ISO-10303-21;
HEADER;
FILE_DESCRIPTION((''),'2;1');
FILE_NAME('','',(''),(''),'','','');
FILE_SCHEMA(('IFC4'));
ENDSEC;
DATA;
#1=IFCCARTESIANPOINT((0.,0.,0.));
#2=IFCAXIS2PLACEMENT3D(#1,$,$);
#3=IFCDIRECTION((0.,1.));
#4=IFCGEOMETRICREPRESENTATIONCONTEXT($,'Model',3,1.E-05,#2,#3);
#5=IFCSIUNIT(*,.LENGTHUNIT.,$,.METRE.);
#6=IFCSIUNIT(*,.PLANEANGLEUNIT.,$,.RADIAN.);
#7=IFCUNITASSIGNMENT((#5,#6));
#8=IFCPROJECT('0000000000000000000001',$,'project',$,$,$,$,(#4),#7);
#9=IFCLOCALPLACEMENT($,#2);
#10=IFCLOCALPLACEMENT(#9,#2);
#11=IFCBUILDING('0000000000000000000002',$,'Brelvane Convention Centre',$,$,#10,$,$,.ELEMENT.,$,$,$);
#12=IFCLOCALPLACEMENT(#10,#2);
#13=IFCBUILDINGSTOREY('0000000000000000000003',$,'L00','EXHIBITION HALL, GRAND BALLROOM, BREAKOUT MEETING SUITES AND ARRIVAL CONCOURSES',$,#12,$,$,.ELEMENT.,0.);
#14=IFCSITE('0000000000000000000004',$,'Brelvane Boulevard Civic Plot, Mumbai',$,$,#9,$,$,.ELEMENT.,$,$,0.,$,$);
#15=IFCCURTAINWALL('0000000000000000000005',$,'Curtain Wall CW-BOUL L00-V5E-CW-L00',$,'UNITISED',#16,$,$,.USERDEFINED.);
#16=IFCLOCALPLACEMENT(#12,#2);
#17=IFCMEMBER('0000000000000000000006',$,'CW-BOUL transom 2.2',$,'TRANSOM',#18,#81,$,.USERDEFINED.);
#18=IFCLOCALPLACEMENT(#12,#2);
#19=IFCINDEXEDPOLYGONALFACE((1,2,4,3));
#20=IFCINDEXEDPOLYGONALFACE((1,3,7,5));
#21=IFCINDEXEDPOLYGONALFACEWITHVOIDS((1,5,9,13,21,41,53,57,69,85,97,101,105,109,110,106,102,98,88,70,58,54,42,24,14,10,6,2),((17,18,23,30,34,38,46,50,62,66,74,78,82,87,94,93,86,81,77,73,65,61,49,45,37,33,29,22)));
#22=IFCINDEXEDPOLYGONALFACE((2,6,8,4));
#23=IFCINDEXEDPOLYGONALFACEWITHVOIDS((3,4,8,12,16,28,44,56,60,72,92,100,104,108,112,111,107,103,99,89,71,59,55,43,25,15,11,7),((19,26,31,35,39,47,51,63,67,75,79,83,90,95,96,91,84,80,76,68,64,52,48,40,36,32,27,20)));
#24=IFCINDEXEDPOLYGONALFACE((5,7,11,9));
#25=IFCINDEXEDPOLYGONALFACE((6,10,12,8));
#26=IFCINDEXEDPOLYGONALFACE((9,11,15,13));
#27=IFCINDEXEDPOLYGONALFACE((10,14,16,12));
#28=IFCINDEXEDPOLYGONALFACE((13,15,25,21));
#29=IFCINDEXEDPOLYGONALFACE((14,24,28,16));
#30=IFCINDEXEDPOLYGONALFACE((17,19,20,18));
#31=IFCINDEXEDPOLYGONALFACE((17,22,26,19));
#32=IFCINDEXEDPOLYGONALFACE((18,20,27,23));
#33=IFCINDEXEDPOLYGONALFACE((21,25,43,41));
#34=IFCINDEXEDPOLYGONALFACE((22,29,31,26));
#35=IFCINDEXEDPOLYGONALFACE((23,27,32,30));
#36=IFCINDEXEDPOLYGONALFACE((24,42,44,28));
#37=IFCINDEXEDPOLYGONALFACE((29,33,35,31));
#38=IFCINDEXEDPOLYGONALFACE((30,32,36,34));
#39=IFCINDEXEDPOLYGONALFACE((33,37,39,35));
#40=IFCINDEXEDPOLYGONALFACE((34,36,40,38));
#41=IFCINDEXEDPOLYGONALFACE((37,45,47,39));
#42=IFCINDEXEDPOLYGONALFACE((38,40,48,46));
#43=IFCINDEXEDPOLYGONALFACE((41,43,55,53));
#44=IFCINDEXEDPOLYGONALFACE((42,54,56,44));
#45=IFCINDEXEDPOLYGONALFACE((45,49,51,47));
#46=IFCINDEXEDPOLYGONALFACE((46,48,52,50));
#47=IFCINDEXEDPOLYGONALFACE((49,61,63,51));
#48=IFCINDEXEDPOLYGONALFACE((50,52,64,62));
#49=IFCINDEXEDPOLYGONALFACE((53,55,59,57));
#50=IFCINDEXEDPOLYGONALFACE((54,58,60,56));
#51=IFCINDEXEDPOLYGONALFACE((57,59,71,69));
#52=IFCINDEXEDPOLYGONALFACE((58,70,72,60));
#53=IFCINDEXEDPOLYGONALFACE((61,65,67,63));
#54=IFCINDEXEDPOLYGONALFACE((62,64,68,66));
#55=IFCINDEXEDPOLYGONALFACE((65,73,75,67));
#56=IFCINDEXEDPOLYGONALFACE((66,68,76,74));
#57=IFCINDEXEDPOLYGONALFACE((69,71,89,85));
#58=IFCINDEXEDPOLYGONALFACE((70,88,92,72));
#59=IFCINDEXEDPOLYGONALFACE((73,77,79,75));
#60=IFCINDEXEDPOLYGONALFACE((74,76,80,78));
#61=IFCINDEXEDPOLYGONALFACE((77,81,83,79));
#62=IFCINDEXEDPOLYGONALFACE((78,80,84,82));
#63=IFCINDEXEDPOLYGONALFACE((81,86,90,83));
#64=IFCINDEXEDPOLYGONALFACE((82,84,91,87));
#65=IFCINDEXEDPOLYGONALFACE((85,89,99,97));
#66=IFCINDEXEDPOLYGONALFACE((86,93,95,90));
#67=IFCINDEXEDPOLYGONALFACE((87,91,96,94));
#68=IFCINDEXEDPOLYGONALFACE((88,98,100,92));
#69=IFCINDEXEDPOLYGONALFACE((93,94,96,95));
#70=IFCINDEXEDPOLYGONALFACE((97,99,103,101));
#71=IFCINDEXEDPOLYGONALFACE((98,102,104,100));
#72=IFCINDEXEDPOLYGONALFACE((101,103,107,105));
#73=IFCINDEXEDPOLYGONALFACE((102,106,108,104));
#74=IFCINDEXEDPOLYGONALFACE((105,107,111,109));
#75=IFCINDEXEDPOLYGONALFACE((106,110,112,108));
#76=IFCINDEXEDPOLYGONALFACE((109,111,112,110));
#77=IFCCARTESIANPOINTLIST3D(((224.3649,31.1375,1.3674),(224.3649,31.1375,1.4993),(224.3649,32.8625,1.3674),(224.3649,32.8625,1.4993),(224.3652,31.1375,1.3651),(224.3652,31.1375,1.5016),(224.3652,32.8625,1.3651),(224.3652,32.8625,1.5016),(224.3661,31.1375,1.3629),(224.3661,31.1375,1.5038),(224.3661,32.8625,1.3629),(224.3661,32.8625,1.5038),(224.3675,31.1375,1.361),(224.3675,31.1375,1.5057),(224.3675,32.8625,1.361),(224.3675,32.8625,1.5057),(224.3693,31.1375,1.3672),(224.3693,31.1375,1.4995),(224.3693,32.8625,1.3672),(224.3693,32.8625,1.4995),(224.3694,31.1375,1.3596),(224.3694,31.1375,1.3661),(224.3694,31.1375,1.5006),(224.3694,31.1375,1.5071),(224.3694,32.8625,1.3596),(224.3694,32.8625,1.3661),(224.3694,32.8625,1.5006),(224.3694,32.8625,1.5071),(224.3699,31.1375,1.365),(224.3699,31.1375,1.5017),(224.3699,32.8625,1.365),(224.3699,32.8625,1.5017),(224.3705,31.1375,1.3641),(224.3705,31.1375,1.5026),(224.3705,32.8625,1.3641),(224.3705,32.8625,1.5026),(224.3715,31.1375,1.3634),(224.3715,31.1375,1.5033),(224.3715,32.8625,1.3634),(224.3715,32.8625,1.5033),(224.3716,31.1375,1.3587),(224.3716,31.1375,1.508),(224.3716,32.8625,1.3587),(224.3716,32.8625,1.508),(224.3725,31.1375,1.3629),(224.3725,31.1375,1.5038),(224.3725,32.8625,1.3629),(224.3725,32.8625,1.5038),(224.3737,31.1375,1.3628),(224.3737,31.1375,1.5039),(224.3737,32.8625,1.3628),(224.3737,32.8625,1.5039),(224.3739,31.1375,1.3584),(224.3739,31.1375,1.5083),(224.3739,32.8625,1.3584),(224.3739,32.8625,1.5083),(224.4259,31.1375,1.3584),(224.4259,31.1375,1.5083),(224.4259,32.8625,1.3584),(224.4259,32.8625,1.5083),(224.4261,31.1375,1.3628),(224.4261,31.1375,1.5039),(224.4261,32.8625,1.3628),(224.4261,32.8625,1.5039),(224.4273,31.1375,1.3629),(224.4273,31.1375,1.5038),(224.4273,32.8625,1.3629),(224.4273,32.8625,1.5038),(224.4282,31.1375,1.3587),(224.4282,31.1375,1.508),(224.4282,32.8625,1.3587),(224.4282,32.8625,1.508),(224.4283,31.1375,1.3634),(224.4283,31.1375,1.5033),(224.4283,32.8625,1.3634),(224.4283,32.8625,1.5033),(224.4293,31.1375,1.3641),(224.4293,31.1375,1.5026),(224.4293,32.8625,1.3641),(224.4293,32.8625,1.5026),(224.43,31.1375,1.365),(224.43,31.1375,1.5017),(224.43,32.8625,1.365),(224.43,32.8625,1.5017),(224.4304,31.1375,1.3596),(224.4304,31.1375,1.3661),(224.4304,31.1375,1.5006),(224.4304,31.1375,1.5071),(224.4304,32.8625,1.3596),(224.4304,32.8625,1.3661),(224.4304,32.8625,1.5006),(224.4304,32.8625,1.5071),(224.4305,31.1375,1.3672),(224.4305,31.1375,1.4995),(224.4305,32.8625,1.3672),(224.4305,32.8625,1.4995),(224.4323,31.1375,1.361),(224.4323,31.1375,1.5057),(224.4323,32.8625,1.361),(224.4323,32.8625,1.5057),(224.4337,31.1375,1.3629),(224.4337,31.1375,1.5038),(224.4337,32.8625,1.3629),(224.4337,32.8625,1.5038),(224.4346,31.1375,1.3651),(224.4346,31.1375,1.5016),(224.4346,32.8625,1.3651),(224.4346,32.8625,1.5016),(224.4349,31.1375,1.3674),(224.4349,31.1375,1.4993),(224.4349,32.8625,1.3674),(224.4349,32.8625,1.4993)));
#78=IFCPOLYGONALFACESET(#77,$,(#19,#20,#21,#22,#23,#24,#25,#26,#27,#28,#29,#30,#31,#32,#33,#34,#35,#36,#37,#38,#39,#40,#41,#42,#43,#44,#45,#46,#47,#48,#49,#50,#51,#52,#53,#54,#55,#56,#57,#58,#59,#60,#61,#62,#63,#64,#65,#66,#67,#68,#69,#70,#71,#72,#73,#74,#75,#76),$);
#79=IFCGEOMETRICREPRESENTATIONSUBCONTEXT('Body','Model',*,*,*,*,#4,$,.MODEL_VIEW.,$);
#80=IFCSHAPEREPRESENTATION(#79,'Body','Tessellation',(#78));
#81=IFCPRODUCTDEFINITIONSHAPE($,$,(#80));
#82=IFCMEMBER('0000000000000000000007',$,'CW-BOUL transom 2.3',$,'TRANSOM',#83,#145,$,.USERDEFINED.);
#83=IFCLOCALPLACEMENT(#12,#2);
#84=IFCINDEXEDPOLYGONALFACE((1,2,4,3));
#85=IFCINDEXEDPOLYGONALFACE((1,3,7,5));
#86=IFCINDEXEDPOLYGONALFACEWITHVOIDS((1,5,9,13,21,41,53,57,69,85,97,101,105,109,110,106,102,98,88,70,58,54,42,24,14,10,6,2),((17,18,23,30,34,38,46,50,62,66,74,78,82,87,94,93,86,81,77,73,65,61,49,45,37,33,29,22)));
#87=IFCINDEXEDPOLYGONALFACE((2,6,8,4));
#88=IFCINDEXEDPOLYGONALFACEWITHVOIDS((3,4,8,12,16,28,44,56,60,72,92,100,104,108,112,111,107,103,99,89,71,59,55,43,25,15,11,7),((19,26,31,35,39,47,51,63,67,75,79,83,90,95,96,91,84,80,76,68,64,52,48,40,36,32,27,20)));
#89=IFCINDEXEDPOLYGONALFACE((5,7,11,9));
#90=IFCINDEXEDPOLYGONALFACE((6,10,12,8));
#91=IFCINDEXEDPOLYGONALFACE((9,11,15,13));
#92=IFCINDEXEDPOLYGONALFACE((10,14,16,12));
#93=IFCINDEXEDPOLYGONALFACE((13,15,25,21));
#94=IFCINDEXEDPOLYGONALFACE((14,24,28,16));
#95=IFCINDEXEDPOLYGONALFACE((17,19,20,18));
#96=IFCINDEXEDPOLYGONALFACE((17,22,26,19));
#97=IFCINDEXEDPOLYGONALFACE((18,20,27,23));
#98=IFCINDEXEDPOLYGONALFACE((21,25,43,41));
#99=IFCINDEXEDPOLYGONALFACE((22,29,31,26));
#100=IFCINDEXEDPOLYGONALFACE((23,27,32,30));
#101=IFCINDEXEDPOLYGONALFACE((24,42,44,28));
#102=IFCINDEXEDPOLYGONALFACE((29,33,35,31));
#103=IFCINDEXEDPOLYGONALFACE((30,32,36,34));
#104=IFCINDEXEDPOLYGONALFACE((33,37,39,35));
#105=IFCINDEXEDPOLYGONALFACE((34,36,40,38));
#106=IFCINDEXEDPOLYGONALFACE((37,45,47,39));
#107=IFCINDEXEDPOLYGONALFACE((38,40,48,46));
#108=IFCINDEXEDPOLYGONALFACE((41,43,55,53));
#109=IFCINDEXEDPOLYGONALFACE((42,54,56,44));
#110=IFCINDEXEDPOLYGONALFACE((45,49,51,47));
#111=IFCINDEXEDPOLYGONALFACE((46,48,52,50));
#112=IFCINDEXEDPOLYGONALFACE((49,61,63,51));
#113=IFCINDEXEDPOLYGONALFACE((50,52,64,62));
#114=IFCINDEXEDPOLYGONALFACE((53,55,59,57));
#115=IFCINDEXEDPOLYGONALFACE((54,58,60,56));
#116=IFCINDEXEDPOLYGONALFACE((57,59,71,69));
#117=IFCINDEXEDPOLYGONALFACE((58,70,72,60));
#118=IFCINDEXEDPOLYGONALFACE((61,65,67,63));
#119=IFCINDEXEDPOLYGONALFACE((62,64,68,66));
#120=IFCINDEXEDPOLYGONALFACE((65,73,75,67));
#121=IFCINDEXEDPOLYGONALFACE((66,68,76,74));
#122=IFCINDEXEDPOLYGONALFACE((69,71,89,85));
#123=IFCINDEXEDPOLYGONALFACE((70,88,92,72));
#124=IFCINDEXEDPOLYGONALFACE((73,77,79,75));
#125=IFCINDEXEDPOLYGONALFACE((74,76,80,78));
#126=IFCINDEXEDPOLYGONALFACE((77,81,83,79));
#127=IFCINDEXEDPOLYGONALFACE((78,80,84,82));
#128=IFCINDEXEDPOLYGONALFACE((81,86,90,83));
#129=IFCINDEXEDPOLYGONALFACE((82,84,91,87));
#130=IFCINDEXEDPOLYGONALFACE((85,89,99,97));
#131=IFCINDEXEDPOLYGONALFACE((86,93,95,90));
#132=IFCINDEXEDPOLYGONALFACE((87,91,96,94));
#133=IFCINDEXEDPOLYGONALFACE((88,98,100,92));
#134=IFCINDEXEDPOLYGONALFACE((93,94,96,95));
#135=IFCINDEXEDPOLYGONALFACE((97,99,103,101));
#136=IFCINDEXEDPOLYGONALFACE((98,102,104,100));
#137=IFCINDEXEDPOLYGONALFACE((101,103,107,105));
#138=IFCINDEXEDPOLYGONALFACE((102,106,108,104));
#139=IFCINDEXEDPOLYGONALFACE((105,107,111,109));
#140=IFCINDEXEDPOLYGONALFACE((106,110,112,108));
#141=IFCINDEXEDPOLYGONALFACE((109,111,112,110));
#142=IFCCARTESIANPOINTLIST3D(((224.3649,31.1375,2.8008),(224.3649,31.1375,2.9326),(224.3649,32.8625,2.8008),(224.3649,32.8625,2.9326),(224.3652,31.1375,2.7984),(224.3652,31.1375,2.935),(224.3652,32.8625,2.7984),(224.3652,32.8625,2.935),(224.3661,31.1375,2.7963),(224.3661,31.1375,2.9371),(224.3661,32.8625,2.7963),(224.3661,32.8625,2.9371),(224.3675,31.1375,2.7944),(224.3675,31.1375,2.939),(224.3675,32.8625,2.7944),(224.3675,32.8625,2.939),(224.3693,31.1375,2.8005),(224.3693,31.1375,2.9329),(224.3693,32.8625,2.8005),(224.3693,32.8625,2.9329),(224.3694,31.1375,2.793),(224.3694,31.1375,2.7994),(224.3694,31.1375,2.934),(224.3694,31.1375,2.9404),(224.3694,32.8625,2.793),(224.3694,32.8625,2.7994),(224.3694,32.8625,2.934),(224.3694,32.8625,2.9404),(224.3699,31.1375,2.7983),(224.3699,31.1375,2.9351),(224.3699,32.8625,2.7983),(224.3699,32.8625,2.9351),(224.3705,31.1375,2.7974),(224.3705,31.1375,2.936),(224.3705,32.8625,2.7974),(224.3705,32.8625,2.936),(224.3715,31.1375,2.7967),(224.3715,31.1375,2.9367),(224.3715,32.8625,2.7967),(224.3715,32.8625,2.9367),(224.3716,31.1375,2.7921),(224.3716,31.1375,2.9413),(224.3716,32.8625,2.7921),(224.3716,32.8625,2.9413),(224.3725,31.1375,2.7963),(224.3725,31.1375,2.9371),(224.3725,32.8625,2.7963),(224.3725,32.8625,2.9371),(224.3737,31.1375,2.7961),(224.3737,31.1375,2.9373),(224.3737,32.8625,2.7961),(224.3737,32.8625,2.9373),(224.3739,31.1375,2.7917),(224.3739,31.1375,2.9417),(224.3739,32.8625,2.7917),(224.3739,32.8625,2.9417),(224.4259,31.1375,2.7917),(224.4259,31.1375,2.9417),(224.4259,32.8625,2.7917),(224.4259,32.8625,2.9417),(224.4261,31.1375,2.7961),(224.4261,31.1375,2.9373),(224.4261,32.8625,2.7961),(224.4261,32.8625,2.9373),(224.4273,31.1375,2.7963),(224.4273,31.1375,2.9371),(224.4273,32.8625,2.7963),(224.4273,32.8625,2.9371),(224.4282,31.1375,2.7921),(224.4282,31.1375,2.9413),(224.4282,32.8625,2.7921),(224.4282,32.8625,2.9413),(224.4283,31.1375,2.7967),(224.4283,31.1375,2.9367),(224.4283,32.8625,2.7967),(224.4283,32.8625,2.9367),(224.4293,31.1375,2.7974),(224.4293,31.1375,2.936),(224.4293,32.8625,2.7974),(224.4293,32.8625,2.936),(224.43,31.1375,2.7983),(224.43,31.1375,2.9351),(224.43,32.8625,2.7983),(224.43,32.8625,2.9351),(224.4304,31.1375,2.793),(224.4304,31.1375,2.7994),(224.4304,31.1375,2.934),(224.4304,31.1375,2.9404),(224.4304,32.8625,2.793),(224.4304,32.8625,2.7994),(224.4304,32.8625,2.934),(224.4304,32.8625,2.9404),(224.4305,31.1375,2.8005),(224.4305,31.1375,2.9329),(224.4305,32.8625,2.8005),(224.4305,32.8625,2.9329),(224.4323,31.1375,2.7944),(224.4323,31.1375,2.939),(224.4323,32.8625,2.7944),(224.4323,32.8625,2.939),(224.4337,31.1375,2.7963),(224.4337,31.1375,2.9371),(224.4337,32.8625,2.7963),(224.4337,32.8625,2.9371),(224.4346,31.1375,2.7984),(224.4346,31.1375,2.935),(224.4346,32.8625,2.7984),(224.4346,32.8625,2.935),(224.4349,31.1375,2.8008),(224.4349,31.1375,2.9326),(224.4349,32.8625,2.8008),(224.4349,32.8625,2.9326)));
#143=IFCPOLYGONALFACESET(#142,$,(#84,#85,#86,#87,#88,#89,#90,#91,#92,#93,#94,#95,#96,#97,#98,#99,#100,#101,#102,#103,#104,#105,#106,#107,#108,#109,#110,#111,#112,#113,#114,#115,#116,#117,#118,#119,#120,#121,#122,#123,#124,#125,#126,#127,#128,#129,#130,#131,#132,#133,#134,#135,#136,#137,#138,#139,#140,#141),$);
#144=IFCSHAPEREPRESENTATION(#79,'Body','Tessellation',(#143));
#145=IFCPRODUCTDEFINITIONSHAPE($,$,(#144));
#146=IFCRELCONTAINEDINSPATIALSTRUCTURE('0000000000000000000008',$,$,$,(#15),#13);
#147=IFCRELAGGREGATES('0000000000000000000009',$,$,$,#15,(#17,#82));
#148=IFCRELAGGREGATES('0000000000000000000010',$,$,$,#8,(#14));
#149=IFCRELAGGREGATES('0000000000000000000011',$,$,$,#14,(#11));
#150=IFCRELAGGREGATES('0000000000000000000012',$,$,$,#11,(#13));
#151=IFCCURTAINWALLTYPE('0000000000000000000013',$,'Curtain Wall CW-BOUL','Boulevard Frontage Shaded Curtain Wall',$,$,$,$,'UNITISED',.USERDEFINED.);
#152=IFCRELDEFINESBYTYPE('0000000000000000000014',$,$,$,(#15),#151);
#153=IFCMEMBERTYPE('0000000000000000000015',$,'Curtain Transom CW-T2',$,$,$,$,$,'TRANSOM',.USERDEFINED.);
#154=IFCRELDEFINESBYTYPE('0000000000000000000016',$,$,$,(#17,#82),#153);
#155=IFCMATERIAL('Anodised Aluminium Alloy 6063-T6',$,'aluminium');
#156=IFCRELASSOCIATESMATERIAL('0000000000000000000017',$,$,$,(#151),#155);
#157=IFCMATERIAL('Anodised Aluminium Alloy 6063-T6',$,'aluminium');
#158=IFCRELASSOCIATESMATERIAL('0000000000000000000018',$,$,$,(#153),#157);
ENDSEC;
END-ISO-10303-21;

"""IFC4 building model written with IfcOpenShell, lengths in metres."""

from ifc_helpers import new_model, si_unit, direction, frame, origin, origin_2d, place, context, subcontext, project, spatial, hollow_rectangle, extrude, material, material_profile, profile_set, type_object, element, aggregate, save


model = new_model("IFC4")

# Units and contexts
model_context = context("Model", 3, precision=1e-05, world=origin(), true_north=direction((0.0, 1.0)))
body_context = subcontext(model_context, "Body", "Model", "MODEL_VIEW")
ifc_project = project(units=[si_unit("LENGTHUNIT", "METRE"), si_unit("PLANEANGLEUNIT", "RADIAN")], contexts=[model_context])

# Site, building, storey
site_placement = place(None, origin())
site = spatial("IfcSite", under=ifc_project, at=site_placement, Name="Brelvane Boulevard Civic Plot, Mumbai", CompositionType="ELEMENT", RefElevation=0.0)
building_placement = place(site_placement, origin())
building = spatial("IfcBuilding", under=site, at=building_placement, Name="Brelvane Convention Centre", CompositionType="ELEMENT")
storey_placement = place(building_placement, origin())
storey = spatial("IfcBuildingStorey", under=building, at=storey_placement, Name="L00", Description="EXHIBITION HALL, GRAND BALLROOM, BREAKOUT MEETING SUITES AND ARRIVAL CONCOURSES", CompositionType="ELEMENT", Elevation=0.0)

# Curtain wall, members
ifc_material_1 = material(Name="Anodised Aluminium Alloy 6063-T6", Category="aluminium")
curtain_wall_type = type_object("IfcCurtainWallType", Name="Curtain Wall CW-BOUL", Description="Boulevard Frontage Shaded Curtain Wall", ElementType="UNITISED", PredefinedType="USERDEFINED", material=ifc_material_1)
curtain_wall_placement = place(storey_placement, origin())
curtain_wall = element("IfcCurtainWall", 1, at=curtain_wall_placement, inside=storey, type_object=curtain_wall_type, Name="Curtain Wall CW-BOUL L00-V5E-CW-L00", ObjectType="UNITISED", PredefinedType="USERDEFINED")
ifc_material_2 = material(Name="Anodised Aluminium Alloy 6063-T6", Category="aluminium")
ifc_material_profile_1 = material_profile(ifc_material_2, hollow_rectangle(XDim=0.0701, YDim=0.1499, WallThickness=0.0044, InnerFilletRadius=0.0044, OuterFilletRadius=0.009, at=origin_2d()), Name="ALU-T 150x70x4.5")
ifc_profile_set_1 = profile_set([ifc_material_profile_1], Name="Anodised Aluminium Alloy 6063-T6")
member_type_1 = type_object("IfcMemberType", Name="Curtain Transom CW-T2", ElementType="TRANSOM", PredefinedType="USERDEFINED", material=ifc_profile_set_1)
member_1_placement = place(storey_placement, frame((224.3999, 31.1375, 1.4333), z_axis=(0.0, 1.0, 0.0), x_axis=(-1.0, 0.0, 0.0)))
member_1 = element("IfcMember", 2, at=member_1_placement, type_object=member_type_1, Name="CW-BOUL transom 2.2", ObjectType="TRANSOM", PredefinedType="USERDEFINED", context=body_context, shape_type="SweptSolid", body=[
    extrude(hollow_rectangle(XDim=0.0701, YDim=0.1499, WallThickness=0.0044, InnerFilletRadius=0.0044, OuterFilletRadius=0.009, at=origin_2d()), origin(), (0.0, 0.0, 1.0), 1.7251),
])
member_2_placement = place(storey_placement, frame((224.3999, 31.1375, 2.8667), z_axis=(0.0, 1.0, 0.0), x_axis=(-1.0, 0.0, 0.0)))
member_2 = element("IfcMember", 3, at=member_2_placement, type_object=member_type_1, Name="CW-BOUL transom 2.3", ObjectType="TRANSOM", PredefinedType="USERDEFINED", context=body_context, shape_type="SweptSolid", body=[
    extrude(hollow_rectangle(XDim=0.0701, YDim=0.1499, WallThickness=0.0044, InnerFilletRadius=0.0044, OuterFilletRadius=0.009, at=origin_2d()), origin(), (0.0, 0.0, 1.0), 1.7251),
])

aggregate(curtain_wall, [member_1, member_2])

save(model, "model.ifc")
